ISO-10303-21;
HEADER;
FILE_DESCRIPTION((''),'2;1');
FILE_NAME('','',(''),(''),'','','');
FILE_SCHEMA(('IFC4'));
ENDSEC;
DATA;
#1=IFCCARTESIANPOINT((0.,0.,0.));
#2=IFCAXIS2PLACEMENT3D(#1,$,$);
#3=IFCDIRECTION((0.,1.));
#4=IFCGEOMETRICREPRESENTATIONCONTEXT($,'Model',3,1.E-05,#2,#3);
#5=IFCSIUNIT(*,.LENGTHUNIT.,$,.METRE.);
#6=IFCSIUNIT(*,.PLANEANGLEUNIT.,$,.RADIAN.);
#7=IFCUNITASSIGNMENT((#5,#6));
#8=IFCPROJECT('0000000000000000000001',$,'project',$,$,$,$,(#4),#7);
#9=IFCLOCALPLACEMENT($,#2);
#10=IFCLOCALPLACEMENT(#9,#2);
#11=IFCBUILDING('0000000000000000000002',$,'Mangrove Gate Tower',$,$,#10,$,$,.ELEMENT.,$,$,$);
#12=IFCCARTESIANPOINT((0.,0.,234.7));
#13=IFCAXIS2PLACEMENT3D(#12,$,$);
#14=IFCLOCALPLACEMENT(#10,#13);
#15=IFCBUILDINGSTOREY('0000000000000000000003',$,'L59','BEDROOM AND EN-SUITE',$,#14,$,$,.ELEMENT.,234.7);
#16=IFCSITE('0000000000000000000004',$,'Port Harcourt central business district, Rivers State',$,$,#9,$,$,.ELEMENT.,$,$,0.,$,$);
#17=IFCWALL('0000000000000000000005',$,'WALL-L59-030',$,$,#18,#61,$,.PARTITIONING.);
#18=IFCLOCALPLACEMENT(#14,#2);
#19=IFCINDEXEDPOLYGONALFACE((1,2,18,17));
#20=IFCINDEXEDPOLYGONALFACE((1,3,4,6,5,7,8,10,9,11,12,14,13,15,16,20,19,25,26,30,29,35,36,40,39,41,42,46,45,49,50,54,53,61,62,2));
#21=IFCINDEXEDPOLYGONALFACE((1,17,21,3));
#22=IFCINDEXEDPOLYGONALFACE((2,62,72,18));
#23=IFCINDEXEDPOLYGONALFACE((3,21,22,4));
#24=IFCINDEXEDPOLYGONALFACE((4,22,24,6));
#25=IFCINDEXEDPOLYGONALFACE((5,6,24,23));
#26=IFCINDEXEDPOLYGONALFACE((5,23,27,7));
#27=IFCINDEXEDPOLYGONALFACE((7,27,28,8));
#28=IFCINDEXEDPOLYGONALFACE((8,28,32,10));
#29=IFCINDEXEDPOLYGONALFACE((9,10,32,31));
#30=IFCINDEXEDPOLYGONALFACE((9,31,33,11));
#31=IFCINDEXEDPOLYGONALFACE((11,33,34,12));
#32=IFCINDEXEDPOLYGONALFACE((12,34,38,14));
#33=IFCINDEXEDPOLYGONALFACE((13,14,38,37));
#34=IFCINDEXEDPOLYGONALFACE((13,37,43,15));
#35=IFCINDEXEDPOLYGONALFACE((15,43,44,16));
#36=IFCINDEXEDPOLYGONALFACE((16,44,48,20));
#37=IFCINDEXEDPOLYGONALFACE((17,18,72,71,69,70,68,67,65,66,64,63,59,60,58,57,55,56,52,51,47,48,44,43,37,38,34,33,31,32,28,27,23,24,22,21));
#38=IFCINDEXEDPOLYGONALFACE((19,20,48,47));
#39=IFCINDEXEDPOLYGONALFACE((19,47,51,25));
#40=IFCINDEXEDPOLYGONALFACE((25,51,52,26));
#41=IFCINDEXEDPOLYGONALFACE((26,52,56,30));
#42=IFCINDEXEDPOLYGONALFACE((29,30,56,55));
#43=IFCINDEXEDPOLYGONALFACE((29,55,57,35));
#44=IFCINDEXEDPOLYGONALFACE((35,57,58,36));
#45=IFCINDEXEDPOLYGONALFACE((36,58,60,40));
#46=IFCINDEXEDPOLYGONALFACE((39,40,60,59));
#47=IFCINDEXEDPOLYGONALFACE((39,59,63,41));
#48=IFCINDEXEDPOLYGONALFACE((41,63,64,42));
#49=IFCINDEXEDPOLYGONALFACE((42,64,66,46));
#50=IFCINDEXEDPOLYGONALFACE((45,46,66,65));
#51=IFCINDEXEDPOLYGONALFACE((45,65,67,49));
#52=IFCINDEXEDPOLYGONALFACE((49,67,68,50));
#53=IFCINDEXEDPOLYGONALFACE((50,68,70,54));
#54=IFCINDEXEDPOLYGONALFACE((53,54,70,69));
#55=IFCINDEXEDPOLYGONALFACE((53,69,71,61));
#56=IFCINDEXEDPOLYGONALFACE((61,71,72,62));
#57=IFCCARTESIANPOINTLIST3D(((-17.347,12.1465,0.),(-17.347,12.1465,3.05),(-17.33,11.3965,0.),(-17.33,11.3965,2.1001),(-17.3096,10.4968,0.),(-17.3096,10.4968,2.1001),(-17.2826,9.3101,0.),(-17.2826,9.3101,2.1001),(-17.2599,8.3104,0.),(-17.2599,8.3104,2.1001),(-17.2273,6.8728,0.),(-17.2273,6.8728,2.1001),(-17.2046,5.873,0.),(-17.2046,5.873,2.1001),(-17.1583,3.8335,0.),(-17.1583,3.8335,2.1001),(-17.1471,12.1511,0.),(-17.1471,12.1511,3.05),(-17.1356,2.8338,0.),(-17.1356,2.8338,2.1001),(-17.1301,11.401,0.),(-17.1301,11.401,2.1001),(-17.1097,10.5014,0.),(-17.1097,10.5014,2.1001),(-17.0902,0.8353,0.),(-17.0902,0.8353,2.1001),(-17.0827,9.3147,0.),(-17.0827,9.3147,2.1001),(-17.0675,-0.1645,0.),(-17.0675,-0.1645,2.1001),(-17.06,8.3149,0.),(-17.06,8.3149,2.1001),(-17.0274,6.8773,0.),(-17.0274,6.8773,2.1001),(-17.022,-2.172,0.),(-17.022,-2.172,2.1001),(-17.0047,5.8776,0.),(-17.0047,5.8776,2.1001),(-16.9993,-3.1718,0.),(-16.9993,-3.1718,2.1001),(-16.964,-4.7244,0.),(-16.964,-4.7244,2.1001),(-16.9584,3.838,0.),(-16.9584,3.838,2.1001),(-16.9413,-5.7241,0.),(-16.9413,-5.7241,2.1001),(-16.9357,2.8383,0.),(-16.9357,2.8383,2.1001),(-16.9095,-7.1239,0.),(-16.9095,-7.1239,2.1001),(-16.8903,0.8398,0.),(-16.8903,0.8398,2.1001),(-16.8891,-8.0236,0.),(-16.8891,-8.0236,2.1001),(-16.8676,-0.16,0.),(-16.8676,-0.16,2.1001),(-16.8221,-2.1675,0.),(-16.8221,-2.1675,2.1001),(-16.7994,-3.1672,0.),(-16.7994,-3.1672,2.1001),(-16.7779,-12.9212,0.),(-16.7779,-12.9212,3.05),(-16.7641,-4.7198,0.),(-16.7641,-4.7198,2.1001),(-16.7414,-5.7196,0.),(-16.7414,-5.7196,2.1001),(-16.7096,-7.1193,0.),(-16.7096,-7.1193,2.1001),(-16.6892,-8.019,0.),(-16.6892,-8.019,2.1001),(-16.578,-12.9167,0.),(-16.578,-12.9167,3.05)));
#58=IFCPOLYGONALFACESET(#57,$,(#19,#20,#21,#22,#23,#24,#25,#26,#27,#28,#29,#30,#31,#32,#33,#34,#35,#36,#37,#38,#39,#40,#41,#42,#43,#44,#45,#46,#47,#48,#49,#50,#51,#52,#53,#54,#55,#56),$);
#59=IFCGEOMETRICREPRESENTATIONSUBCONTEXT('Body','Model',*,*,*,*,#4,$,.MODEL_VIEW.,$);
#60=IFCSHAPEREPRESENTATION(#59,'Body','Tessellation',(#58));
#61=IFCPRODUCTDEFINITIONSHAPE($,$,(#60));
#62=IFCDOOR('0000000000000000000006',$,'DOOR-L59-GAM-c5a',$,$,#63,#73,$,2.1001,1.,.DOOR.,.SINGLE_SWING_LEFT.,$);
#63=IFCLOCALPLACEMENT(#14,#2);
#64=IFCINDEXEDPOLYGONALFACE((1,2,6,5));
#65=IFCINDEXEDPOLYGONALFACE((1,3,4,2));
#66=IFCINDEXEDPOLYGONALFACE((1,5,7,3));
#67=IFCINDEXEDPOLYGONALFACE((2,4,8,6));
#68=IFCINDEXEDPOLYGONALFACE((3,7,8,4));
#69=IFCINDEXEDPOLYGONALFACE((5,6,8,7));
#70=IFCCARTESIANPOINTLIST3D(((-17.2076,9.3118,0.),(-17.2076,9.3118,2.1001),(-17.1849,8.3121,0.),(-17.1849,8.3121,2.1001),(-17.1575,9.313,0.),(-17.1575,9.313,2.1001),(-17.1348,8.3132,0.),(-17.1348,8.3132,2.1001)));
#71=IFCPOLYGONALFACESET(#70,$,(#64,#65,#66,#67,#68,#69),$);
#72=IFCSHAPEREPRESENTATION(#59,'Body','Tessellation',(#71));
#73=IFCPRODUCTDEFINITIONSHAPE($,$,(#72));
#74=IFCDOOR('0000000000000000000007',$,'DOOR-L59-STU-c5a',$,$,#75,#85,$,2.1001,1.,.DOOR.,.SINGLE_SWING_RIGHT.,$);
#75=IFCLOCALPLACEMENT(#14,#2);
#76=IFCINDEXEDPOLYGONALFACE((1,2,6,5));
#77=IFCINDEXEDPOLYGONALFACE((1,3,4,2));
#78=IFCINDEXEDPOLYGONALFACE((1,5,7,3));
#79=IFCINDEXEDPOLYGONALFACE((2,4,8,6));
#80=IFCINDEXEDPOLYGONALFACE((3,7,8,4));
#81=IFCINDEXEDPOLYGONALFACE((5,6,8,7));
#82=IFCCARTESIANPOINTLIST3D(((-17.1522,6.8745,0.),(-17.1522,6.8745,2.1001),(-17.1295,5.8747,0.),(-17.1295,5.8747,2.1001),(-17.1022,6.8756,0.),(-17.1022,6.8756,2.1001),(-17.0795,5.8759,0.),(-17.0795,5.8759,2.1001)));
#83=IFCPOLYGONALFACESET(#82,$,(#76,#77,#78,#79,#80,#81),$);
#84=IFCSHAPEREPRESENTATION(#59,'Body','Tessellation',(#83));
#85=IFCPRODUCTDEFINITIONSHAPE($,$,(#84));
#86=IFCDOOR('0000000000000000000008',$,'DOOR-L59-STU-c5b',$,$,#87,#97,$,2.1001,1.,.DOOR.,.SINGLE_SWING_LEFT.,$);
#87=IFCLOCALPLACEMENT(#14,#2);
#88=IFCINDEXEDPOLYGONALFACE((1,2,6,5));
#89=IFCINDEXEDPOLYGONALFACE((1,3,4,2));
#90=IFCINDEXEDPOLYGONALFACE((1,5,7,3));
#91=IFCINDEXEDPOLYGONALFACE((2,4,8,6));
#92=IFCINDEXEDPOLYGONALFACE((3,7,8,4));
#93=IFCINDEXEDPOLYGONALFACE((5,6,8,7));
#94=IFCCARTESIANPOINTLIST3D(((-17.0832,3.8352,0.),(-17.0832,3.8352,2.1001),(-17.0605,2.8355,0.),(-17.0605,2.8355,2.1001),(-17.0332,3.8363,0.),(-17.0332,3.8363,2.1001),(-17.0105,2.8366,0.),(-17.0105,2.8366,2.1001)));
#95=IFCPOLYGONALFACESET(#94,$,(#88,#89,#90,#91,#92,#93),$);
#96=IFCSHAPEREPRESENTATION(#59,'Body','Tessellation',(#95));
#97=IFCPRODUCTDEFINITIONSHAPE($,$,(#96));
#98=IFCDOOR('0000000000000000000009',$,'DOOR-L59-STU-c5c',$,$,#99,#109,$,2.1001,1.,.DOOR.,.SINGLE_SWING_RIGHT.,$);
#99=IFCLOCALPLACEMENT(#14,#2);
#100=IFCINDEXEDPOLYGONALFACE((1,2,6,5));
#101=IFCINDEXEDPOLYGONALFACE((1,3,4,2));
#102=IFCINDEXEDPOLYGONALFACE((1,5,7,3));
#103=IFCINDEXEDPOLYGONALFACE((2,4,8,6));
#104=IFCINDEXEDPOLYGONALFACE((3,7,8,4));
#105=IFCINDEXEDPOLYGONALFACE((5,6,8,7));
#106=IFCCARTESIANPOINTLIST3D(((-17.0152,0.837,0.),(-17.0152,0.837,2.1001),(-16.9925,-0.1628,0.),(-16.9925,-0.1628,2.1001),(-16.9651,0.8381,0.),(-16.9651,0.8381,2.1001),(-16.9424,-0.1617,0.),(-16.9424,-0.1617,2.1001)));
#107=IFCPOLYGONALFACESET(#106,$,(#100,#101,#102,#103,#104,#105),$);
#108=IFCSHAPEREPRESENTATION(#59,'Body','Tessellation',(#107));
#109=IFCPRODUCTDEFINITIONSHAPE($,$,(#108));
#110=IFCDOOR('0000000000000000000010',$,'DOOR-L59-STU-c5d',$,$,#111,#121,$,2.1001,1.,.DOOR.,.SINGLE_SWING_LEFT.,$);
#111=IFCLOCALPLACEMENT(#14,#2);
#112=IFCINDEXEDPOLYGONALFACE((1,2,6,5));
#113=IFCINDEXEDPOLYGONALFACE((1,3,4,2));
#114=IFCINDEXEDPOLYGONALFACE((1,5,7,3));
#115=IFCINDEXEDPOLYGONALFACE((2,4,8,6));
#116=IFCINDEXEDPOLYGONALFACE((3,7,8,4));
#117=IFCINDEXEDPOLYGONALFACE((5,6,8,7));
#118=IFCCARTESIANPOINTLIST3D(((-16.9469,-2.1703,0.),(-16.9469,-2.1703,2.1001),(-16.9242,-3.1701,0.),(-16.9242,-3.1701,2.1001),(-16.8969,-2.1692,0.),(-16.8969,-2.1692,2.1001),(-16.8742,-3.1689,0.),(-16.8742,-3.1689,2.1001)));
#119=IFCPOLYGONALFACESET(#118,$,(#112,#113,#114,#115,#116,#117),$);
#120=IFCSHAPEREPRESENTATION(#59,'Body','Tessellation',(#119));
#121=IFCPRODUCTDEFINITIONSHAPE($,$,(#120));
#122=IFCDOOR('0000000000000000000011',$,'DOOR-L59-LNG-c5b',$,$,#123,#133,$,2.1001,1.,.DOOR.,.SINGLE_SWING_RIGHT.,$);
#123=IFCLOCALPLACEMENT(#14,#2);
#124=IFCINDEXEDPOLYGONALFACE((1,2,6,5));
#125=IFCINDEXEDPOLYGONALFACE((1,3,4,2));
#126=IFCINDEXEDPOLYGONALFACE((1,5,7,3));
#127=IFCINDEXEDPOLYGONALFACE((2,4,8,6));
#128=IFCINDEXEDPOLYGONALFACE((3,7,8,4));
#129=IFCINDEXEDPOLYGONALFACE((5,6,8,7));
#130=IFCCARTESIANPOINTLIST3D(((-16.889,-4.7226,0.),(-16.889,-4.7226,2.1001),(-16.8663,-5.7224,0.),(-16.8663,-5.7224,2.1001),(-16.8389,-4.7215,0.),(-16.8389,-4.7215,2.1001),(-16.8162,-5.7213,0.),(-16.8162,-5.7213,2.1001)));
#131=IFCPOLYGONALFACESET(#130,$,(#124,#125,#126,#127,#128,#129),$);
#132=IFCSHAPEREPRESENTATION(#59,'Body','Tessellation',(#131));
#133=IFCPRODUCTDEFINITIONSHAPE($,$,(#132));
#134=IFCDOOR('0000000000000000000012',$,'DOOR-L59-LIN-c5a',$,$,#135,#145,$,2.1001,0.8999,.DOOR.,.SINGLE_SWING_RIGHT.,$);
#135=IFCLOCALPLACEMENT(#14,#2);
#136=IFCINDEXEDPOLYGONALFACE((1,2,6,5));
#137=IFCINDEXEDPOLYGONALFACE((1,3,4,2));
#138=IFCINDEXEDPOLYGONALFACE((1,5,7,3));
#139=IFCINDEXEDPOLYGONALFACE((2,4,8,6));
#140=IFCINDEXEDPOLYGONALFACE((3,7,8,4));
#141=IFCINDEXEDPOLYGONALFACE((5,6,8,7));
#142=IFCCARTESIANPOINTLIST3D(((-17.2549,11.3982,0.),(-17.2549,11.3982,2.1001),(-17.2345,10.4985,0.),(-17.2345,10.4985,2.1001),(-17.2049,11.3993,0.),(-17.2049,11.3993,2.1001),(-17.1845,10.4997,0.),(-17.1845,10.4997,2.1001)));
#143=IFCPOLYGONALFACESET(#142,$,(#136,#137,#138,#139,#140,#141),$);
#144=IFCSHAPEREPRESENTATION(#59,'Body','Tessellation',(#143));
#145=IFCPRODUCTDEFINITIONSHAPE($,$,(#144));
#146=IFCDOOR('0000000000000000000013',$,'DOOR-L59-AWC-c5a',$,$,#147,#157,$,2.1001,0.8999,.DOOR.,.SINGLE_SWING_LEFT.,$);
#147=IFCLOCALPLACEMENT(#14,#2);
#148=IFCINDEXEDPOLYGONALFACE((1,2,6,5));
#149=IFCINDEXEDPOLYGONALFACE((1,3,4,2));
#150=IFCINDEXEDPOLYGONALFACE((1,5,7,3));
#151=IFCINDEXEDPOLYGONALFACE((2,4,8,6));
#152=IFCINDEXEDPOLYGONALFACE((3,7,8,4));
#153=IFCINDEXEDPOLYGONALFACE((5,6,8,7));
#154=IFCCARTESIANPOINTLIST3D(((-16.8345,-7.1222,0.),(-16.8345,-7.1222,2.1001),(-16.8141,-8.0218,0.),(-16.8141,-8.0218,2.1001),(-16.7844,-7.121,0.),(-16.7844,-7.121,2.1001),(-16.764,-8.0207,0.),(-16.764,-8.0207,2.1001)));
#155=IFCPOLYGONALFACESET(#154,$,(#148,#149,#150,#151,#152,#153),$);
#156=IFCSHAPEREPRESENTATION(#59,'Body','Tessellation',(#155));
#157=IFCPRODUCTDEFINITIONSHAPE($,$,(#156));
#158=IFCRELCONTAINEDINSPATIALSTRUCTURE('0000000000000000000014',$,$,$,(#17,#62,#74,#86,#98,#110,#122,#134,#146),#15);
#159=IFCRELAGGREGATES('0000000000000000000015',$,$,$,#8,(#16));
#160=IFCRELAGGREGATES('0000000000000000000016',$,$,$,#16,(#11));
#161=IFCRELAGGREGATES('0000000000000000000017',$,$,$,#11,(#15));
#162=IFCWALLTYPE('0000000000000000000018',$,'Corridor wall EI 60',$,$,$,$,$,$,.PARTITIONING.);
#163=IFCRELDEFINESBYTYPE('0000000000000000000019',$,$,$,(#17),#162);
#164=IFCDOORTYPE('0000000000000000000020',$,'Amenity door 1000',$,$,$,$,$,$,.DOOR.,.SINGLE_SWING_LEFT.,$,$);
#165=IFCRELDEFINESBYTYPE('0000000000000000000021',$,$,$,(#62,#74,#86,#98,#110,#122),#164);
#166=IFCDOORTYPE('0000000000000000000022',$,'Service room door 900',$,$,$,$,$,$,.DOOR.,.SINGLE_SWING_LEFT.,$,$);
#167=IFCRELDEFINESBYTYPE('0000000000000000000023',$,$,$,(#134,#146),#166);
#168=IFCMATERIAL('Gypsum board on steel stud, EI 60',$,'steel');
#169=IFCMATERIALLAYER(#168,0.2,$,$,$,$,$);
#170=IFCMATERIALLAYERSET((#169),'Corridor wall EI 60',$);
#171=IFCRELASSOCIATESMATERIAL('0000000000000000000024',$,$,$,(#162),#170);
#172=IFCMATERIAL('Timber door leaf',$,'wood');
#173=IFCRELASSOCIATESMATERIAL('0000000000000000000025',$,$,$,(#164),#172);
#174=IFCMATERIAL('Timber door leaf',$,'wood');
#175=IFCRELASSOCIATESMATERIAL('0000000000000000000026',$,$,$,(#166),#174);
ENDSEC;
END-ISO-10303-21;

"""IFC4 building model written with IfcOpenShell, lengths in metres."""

from ifc_helpers import new_model, si_unit, direction, frame, frame_2d, origin, place, context, subcontext, project, spatial, rectangle, extrude, material, layer, layer_set, type_object, element, fill, save


model = new_model("IFC4")

# Units and contexts
model_context = context("Model", 3, precision=1e-05, world=origin(), true_north=direction((0.0, 1.0)))
body_context = subcontext(model_context, "Body", "Model", "MODEL_VIEW")
ifc_project = project(units=[si_unit("LENGTHUNIT", "METRE"), si_unit("PLANEANGLEUNIT", "RADIAN")], contexts=[model_context])

# Site, building, storey
site_placement = place(None, origin())
site = spatial("IfcSite", under=ifc_project, at=site_placement, Name="Port Harcourt central business district, Rivers State", CompositionType="ELEMENT", RefElevation=0.0)
building_placement = place(site_placement, origin())
building = spatial("IfcBuilding", under=site, at=building_placement, Name="Mangrove Gate Tower", CompositionType="ELEMENT")
storey_placement = place(building_placement, frame((0.0, 0.0, 234.7)))
storey = spatial("IfcBuildingStorey", under=building, at=storey_placement, Name="L59", Description="BEDROOM AND EN-SUITE", CompositionType="ELEMENT", Elevation=234.7)

# Wall, openings, doors
ifc_material_1 = material(Name="Gypsum board on steel stud, EI 60", Category="steel")
ifc_layer_1 = layer(ifc_material_1, 0.2)
ifc_layer_set_1 = layer_set([ifc_layer_1], Name="Corridor wall EI 60")
wall_type_1 = type_object("IfcWallType", Name="Corridor wall EI 60", PredefinedType="PARTITIONING", material=ifc_layer_set_1)
wall_1_placement = place(storey_placement, frame((-16.678, -12.9189, 0.0), z_axis=(0.0, 0.0, 1.0), x_axis=(-0.022696, 0.999742, 0.0)))
wall_1 = element("IfcWall", 1, at=wall_1_placement, inside=storey, type_object=wall_type_1, Name="WALL-L59-030", PredefinedType="PARTITIONING", context=body_context, shape_type="SweptSolid", body=[
    extrude(rectangle(XDim=25.0742, YDim=0.2, at=frame_2d((12.5371, 0.0))), origin(), (0.0, 0.0, 1.0), 3.05),
])
opening_1_placement = place(wall_1_placement, frame((21.2371, 0.0, 0.0)))
opening_1 = element("IfcOpeningElement", 2, at=opening_1_placement, cuts=wall_1, PredefinedType="OPENING", context=body_context, shape_type="SweptSolid", body=[
    extrude(rectangle(XDim=1.0, YDim=2.1001, at=frame_2d((0.5, 1.05))), frame((0.0, 0.1099, 0.0), z_axis=(0.0, -1.0, 0.0), x_axis=(1.0, 0.0, 0.0)), (0.0, 0.0, 1.0), 0.22),
])
opening_2_placement = place(wall_1_placement, frame((23.4241, 0.0, 0.0)))
opening_2 = element("IfcOpeningElement", 3, at=opening_2_placement, cuts=wall_1, PredefinedType="OPENING", context=body_context, shape_type="SweptSolid", body=[
    extrude(rectangle(XDim=0.8999, YDim=2.1001, at=frame_2d((0.45, 1.05))), frame((0.0, 0.1099, 0.0), z_axis=(0.0, -1.0, 0.0), x_axis=(1.0, 0.0, 0.0)), (0.0, 0.0, 1.0), 0.22),
])
opening_3_placement = place(wall_1_placement, frame((18.7991, 0.0, 0.0)))
opening_3 = element("IfcOpeningElement", 4, at=opening_3_placement, cuts=wall_1, PredefinedType="OPENING", context=body_context, shape_type="SweptSolid", body=[
    extrude(rectangle(XDim=1.0, YDim=2.1001, at=frame_2d((0.5, 1.05))), frame((0.0, 0.1099, 0.0), z_axis=(0.0, -1.0, 0.0), x_axis=(1.0, 0.0, 0.0)), (0.0, 0.0, 1.0), 0.22),
])
opening_4_placement = place(wall_1_placement, frame((15.759, 0.0, 0.0)))
opening_4 = element("IfcOpeningElement", 5, at=opening_4_placement, cuts=wall_1, PredefinedType="OPENING", context=body_context, shape_type="SweptSolid", body=[
    extrude(rectangle(XDim=1.0, YDim=2.1001, at=frame_2d((0.5, 1.05))), frame((0.0, 0.1099, 0.0), z_axis=(0.0, -1.0, 0.0), x_axis=(1.0, 0.0, 0.0)), (0.0, 0.0, 1.0), 0.22),
])
opening_5_placement = place(wall_1_placement, frame((12.76, 0.0, 0.0)))
opening_5 = element("IfcOpeningElement", 6, at=opening_5_placement, cuts=wall_1, PredefinedType="OPENING", context=body_context, shape_type="SweptSolid", body=[
    extrude(rectangle(XDim=1.0, YDim=2.1001, at=frame_2d((0.5, 1.05))), frame((0.0, 0.1099, 0.0), z_axis=(0.0, -1.0, 0.0), x_axis=(1.0, 0.0, 0.0)), (0.0, 0.0, 1.0), 0.22),
])
opening_6_placement = place(wall_1_placement, frame((9.752, 0.0, 0.0)))
opening_6 = element("IfcOpeningElement", 7, at=opening_6_placement, cuts=wall_1, PredefinedType="OPENING", context=body_context, shape_type="SweptSolid", body=[
    extrude(rectangle(XDim=1.0, YDim=2.1001, at=frame_2d((0.5, 1.05))), frame((0.0, 0.1099, 0.0), z_axis=(0.0, -1.0, 0.0), x_axis=(1.0, 0.0, 0.0)), (0.0, 0.0, 1.0), 0.22),
])
opening_7_placement = place(wall_1_placement, frame((7.199, 0.0, 0.0)))
opening_7 = element("IfcOpeningElement", 8, at=opening_7_placement, cuts=wall_1, PredefinedType="OPENING", context=body_context, shape_type="SweptSolid", body=[
    extrude(rectangle(XDim=1.0, YDim=2.1001, at=frame_2d((0.5, 1.05))), frame((0.0, 0.1099, 0.0), z_axis=(0.0, -1.0, 0.0), x_axis=(1.0, 0.0, 0.0)), (0.0, 0.0, 1.0), 0.22),
])
opening_8_placement = place(wall_1_placement, frame((4.8989, 0.0, 0.0)))
opening_8 = element("IfcOpeningElement", 9, at=opening_8_placement, cuts=wall_1, PredefinedType="OPENING", context=body_context, shape_type="SweptSolid", body=[
    extrude(rectangle(XDim=0.8999, YDim=2.1001, at=frame_2d((0.45, 1.05))), frame((0.0, 0.1099, 0.0), z_axis=(0.0, -1.0, 0.0), x_axis=(1.0, 0.0, 0.0)), (0.0, 0.0, 1.0), 0.22),
])
ifc_material_2 = material(Name="Timber door leaf", Category="wood")
door_type_1 = type_object("IfcDoorType", Name="Amenity door 1000", OperationType="SINGLE_SWING_LEFT", PredefinedType="DOOR", material=ifc_material_2)
door_1_placement = place(opening_1_placement, origin())
door_1 = element("IfcDoor", 10, at=door_1_placement, inside=storey, type_object=door_type_1, Name="DOOR-L59-GAM-c5a", OperationType="SINGLE_SWING_LEFT", OverallHeight=2.1001, OverallWidth=1.0, PredefinedType="DOOR", context=body_context, shape_type="SweptSolid", body=[
    extrude(rectangle(XDim=1.0, YDim=2.1001, at=frame_2d((0.5, 1.05))), frame((0.0, 0.0249, 0.0), z_axis=(0.0, -1.0, 0.0), x_axis=(1.0, 0.0, 0.0)), (0.0, 0.0, 1.0), 0.05),
])
fill(opening_1, door_1)
door_2_placement = place(opening_3_placement, origin())
door_2 = element("IfcDoor", 11, at=door_2_placement, inside=storey, type_object=door_type_1, Name="DOOR-L59-STU-c5a", OperationType="SINGLE_SWING_RIGHT", OverallHeight=2.1001, OverallWidth=1.0, PredefinedType="DOOR", context=body_context, shape_type="SweptSolid", body=[
    extrude(rectangle(XDim=1.0, YDim=2.1001, at=frame_2d((0.5, 1.05))), frame((0.0, 0.0249, 0.0), z_axis=(0.0, -1.0, 0.0), x_axis=(1.0, 0.0, 0.0)), (0.0, 0.0, 1.0), 0.05),
])
fill(opening_3, door_2)
door_3_placement = place(opening_4_placement, origin())
door_3 = element("IfcDoor", 12, at=door_3_placement, inside=storey, type_object=door_type_1, Name="DOOR-L59-STU-c5b", OperationType="SINGLE_SWING_LEFT", OverallHeight=2.1001, OverallWidth=1.0, PredefinedType="DOOR", context=body_context, shape_type="SweptSolid", body=[
    extrude(rectangle(XDim=1.0, YDim=2.1001, at=frame_2d((0.5, 1.05))), frame((0.0, 0.0249, 0.0), z_axis=(0.0, -1.0, 0.0), x_axis=(1.0, 0.0, 0.0)), (0.0, 0.0, 1.0), 0.05),
])
fill(opening_4, door_3)
door_4_placement = place(opening_5_placement, origin())
door_4 = element("IfcDoor", 13, at=door_4_placement, inside=storey, type_object=door_type_1, Name="DOOR-L59-STU-c5c", OperationType="SINGLE_SWING_RIGHT", OverallHeight=2.1001, OverallWidth=1.0, PredefinedType="DOOR", context=body_context, shape_type="SweptSolid", body=[
    extrude(rectangle(XDim=1.0, YDim=2.1001, at=frame_2d((0.5, 1.05))), frame((0.0, 0.0249, 0.0), z_axis=(0.0, -1.0, 0.0), x_axis=(1.0, 0.0, 0.0)), (0.0, 0.0, 1.0), 0.05),
])
fill(opening_5, door_4)
door_5_placement = place(opening_6_placement, origin())
door_5 = element("IfcDoor", 14, at=door_5_placement, inside=storey, type_object=door_type_1, Name="DOOR-L59-STU-c5d", OperationType="SINGLE_SWING_LEFT", OverallHeight=2.1001, OverallWidth=1.0, PredefinedType="DOOR", context=body_context, shape_type="SweptSolid", body=[
    extrude(rectangle(XDim=1.0, YDim=2.1001, at=frame_2d((0.5, 1.05))), frame((0.0, 0.0249, 0.0), z_axis=(0.0, -1.0, 0.0), x_axis=(1.0, 0.0, 0.0)), (0.0, 0.0, 1.0), 0.05),
])
fill(opening_6, door_5)
door_6_placement = place(opening_7_placement, origin())
door_6 = element("IfcDoor", 15, at=door_6_placement, inside=storey, type_object=door_type_1, Name="DOOR-L59-LNG-c5b", OperationType="SINGLE_SWING_RIGHT", OverallHeight=2.1001, OverallWidth=1.0, PredefinedType="DOOR", context=body_context, shape_type="SweptSolid", body=[
    extrude(rectangle(XDim=1.0, YDim=2.1001, at=frame_2d((0.5, 1.05))), frame((0.0, 0.0249, 0.0), z_axis=(0.0, -1.0, 0.0), x_axis=(1.0, 0.0, 0.0)), (0.0, 0.0, 1.0), 0.05),
])
fill(opening_7, door_6)
ifc_material_3 = material(Name="Timber door leaf", Category="wood")
door_type_2 = type_object("IfcDoorType", Name="Service room door 900", OperationType="SINGLE_SWING_LEFT", PredefinedType="DOOR", material=ifc_material_3)
door_7_placement = place(opening_2_placement, origin())
door_7 = element("IfcDoor", 16, at=door_7_placement, inside=storey, type_object=door_type_2, Name="DOOR-L59-LIN-c5a", OperationType="SINGLE_SWING_RIGHT", OverallHeight=2.1001, OverallWidth=0.8999, PredefinedType="DOOR", context=body_context, shape_type="SweptSolid", body=[
    extrude(rectangle(XDim=0.8999, YDim=2.1001, at=frame_2d((0.45, 1.05))), frame((0.0, 0.0249, 0.0), z_axis=(0.0, -1.0, 0.0), x_axis=(1.0, 0.0, 0.0)), (0.0, 0.0, 1.0), 0.05),
])
fill(opening_2, door_7)
door_8_placement = place(opening_8_placement, origin())
door_8 = element("IfcDoor", 17, at=door_8_placement, inside=storey, type_object=door_type_2, Name="DOOR-L59-AWC-c5a", OperationType="SINGLE_SWING_LEFT", OverallHeight=2.1001, OverallWidth=0.8999, PredefinedType="DOOR", context=body_context, shape_type="SweptSolid", body=[
    extrude(rectangle(XDim=0.8999, YDim=2.1001, at=frame_2d((0.45, 1.05))), frame((0.0, 0.0249, 0.0), z_axis=(0.0, -1.0, 0.0), x_axis=(1.0, 0.0, 0.0)), (0.0, 0.0, 1.0), 0.05),
])
fill(opening_8, door_8)

save(model, "model.ifc")
